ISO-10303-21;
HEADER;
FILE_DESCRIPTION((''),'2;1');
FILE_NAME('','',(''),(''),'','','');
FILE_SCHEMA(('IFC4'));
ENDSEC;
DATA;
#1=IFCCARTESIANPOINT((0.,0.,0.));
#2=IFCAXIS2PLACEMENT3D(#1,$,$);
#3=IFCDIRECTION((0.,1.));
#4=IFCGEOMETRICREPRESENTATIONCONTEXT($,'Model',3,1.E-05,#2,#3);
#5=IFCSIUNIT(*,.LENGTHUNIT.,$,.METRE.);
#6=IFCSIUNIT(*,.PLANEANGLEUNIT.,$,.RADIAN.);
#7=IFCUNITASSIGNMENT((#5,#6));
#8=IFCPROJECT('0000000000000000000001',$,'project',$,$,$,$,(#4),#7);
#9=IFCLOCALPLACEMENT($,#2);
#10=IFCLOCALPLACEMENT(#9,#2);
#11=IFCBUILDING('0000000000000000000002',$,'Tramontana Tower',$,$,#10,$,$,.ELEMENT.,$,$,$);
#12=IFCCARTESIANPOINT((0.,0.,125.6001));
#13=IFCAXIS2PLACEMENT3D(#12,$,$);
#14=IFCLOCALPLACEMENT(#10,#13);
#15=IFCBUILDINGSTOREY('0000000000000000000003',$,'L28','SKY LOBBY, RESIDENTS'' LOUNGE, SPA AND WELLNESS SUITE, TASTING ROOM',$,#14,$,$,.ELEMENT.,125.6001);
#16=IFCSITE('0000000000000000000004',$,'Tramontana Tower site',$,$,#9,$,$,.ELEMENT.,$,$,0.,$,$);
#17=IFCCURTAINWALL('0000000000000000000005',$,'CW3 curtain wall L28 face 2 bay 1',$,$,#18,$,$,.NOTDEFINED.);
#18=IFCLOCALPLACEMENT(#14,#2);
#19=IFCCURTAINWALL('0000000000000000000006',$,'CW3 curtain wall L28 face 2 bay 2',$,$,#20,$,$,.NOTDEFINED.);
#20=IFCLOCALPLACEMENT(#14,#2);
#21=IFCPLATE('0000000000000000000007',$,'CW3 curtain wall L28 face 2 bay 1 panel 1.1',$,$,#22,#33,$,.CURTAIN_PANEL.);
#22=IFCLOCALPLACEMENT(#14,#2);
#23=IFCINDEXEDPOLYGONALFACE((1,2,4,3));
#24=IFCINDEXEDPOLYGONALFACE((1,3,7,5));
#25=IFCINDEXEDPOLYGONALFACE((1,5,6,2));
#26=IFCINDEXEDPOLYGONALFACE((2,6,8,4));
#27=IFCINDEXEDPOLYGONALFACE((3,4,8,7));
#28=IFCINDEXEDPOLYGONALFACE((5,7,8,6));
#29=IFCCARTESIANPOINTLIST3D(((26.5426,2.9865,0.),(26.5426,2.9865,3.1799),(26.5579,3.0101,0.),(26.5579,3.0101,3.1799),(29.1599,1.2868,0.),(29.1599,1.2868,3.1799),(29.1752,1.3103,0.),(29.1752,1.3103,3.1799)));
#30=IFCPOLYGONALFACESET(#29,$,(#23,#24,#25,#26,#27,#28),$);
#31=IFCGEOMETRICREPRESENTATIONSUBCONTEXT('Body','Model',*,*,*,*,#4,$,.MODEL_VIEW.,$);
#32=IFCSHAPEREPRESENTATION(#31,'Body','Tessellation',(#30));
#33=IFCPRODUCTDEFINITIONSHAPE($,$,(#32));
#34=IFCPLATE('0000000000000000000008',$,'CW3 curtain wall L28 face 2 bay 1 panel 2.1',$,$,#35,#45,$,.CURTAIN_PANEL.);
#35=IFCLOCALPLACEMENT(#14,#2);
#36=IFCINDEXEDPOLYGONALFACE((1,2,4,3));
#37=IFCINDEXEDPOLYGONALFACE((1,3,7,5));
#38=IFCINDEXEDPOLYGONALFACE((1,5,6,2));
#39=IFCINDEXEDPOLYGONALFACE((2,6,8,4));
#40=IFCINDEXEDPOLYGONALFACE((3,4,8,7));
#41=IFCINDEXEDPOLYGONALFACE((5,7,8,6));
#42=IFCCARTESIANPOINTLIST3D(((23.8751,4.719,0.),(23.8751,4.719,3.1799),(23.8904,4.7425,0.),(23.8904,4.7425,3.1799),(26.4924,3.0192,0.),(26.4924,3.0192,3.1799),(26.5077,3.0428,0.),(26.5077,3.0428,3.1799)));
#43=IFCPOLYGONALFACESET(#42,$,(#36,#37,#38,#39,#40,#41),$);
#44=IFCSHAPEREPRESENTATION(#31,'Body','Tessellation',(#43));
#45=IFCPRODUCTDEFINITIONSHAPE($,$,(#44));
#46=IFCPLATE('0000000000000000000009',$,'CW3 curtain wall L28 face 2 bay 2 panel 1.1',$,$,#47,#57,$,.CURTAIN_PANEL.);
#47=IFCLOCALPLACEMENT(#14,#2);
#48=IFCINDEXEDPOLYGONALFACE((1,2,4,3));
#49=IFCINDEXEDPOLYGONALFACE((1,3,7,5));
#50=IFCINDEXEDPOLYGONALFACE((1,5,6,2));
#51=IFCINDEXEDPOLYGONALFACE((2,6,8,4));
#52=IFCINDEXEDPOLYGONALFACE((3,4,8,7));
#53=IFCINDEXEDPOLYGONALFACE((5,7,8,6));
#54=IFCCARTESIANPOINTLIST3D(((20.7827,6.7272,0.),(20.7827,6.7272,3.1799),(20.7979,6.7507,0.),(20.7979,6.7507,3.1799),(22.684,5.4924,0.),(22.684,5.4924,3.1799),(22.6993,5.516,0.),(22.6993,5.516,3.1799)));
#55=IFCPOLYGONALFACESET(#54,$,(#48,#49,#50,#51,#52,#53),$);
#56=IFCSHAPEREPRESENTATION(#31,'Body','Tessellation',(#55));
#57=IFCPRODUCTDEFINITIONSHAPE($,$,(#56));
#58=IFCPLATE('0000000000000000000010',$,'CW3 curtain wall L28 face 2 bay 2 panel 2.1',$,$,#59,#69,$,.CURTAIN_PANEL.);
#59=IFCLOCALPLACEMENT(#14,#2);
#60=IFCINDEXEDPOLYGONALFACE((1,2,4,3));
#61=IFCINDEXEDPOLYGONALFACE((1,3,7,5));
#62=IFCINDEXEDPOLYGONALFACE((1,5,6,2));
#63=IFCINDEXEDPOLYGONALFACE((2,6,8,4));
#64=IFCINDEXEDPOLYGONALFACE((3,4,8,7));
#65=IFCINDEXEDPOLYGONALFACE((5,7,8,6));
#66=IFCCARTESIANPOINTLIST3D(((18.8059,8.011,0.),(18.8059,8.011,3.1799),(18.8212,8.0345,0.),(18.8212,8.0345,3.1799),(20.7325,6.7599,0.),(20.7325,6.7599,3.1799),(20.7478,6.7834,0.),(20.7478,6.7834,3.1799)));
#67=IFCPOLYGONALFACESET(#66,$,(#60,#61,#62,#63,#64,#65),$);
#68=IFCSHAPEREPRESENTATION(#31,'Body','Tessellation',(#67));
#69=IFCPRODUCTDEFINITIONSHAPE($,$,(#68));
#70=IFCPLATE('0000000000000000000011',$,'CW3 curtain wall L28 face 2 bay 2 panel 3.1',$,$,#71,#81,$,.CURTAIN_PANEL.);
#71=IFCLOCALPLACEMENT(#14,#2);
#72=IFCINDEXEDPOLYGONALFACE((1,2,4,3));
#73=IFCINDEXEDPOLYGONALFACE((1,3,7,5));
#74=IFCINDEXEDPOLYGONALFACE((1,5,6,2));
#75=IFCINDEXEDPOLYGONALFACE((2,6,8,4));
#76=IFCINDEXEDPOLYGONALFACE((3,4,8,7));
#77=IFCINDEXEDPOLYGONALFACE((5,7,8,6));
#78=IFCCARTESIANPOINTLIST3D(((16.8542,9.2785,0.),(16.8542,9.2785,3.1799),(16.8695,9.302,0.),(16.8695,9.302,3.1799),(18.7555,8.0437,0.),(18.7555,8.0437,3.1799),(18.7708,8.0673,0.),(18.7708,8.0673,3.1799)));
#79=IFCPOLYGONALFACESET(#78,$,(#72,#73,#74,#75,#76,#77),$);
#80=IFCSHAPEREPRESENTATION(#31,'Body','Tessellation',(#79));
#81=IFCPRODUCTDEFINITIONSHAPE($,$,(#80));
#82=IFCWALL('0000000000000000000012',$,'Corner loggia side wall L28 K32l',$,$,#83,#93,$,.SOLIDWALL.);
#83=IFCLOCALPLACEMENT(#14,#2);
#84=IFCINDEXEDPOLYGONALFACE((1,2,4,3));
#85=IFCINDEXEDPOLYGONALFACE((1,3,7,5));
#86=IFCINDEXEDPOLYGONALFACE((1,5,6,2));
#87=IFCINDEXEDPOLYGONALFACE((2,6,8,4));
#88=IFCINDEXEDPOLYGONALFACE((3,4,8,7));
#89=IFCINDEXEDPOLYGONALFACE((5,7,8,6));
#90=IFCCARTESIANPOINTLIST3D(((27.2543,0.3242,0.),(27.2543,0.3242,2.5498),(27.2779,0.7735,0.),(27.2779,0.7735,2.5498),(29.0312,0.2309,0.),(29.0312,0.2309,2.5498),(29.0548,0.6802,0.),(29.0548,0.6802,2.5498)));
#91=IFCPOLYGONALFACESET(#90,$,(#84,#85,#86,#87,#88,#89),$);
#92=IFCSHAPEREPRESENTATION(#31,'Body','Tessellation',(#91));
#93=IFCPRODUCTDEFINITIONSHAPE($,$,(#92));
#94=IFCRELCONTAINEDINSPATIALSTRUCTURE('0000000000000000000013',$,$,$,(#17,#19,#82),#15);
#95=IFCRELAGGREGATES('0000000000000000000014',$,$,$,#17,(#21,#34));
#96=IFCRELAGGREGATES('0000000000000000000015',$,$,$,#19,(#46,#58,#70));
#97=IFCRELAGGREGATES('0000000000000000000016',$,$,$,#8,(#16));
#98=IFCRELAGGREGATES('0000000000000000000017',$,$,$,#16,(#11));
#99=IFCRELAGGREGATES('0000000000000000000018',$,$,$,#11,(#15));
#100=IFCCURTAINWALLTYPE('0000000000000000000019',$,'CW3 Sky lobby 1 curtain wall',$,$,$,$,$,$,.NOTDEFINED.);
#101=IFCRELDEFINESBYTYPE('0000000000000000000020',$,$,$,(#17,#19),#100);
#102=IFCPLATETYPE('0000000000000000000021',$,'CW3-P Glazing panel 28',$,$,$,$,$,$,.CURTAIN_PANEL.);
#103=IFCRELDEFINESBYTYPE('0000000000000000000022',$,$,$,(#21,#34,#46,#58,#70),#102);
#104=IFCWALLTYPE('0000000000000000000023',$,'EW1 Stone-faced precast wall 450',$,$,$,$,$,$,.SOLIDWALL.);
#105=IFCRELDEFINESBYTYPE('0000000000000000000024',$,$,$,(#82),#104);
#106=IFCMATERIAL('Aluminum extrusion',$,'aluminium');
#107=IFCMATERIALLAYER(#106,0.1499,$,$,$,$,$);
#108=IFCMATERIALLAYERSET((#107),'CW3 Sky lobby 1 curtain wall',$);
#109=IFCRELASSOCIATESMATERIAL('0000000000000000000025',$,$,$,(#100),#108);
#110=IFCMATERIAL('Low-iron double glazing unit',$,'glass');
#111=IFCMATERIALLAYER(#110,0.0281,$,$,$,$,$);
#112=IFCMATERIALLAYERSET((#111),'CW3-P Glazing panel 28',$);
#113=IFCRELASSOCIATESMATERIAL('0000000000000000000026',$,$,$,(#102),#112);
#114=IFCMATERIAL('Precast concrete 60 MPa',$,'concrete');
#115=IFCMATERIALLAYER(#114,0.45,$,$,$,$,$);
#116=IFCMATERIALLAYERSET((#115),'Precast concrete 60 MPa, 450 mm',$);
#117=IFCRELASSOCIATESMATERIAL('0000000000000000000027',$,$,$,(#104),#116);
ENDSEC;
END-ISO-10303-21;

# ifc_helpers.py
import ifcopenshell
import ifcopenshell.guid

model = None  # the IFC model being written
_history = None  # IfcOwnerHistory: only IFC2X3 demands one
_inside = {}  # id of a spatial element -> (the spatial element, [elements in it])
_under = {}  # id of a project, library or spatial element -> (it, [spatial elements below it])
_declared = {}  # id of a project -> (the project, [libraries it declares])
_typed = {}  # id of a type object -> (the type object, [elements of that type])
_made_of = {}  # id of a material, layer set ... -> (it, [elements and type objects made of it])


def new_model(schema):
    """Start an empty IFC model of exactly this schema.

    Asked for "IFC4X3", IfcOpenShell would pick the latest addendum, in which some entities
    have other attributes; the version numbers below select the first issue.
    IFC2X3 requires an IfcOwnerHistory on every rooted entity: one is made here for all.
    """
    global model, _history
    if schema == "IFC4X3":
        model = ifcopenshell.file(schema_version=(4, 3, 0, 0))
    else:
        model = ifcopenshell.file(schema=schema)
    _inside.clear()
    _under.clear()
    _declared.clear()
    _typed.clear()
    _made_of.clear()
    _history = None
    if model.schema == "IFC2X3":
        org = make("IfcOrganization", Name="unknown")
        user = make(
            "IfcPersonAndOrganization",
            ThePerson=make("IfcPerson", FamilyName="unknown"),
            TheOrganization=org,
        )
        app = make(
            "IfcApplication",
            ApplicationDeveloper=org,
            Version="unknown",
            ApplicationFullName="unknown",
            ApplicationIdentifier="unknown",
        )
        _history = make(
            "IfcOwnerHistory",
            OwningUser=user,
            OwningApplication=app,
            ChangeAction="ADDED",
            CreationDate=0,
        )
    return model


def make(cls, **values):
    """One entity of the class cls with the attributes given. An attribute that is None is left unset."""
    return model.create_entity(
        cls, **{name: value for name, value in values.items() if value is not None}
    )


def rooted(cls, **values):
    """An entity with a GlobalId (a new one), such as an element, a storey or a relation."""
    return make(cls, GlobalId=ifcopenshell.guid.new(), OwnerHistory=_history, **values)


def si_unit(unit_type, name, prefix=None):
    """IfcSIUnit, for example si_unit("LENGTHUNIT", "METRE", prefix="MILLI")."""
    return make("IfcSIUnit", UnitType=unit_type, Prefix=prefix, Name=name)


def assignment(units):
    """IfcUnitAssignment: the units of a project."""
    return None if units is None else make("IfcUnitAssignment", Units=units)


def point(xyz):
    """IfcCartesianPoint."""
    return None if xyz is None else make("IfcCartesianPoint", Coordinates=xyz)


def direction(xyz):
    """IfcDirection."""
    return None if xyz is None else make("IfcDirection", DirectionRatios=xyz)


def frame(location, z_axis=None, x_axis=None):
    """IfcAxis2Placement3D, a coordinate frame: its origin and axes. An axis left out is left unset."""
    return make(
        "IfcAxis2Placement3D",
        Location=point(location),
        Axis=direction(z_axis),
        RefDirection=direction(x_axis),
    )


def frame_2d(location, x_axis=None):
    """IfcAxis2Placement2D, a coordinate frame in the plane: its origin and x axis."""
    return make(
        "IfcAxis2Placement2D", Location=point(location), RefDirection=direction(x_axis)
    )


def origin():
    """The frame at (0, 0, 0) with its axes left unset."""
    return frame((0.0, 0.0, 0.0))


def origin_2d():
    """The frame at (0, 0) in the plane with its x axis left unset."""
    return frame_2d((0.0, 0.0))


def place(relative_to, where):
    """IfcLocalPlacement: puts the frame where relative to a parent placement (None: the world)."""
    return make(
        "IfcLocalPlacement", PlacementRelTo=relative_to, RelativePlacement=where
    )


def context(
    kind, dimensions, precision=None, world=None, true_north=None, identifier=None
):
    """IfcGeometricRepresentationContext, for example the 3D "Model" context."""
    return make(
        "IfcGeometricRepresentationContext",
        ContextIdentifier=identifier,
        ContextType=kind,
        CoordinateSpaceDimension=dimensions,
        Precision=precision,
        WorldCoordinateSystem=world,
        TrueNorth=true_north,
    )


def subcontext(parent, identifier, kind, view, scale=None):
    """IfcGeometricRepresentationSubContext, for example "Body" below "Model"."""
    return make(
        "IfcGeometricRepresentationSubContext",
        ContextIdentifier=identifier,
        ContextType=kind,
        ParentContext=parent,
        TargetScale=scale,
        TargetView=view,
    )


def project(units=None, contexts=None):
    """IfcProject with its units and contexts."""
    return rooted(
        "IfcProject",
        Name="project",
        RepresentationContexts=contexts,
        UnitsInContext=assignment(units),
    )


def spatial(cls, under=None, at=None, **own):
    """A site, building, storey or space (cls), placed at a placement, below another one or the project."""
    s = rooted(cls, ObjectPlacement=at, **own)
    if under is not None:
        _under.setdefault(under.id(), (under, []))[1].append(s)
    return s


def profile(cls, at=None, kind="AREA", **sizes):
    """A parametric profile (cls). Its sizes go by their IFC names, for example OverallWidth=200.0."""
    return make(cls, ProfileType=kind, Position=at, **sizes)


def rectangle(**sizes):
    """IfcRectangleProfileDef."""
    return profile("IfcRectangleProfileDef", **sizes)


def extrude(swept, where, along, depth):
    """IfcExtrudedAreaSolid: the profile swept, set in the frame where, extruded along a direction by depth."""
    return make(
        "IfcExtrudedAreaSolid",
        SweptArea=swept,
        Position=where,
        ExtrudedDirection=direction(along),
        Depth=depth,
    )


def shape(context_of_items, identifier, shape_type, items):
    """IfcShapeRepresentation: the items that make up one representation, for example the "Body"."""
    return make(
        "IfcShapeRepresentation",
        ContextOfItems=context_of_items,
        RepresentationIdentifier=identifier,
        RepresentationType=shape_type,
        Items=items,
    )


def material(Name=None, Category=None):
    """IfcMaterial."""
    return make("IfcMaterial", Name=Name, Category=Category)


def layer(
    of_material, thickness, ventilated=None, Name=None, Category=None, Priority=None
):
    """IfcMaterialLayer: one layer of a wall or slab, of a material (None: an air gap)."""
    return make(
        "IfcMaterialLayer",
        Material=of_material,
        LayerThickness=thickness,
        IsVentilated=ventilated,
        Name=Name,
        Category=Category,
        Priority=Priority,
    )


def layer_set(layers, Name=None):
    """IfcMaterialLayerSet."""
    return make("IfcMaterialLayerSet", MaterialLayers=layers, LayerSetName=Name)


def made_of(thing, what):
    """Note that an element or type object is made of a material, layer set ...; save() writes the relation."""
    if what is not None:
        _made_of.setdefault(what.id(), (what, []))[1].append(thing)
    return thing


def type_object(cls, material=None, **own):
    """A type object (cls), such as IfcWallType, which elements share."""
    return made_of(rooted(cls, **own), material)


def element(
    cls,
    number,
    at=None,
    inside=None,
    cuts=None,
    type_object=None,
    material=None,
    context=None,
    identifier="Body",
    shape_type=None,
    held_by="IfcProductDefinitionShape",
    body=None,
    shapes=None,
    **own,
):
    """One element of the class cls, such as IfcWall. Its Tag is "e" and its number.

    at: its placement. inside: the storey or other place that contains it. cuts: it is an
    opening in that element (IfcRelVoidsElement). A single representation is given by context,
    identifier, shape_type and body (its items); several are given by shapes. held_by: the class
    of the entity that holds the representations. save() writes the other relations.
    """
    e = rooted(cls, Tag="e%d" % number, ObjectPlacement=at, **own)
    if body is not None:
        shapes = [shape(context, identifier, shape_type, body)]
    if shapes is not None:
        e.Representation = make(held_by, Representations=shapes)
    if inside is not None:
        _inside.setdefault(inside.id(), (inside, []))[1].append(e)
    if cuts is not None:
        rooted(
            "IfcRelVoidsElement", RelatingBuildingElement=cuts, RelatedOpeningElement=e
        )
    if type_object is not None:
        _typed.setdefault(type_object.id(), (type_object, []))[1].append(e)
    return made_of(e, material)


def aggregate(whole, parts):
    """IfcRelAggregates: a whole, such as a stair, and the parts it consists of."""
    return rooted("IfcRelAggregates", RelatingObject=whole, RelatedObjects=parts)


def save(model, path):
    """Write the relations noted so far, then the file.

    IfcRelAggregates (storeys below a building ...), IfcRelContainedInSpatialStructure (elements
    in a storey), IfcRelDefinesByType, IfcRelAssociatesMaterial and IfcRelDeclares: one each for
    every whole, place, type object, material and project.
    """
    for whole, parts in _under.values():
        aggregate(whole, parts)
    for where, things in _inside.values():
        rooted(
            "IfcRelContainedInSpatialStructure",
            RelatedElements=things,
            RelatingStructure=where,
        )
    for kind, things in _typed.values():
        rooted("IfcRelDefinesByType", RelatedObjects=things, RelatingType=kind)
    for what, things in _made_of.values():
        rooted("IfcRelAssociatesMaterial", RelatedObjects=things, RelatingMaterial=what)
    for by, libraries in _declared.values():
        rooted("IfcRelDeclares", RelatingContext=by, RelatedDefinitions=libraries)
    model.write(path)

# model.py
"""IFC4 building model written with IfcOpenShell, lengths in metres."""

from ifc_helpers import new_model, si_unit, direction, frame, frame_2d, origin, origin_2d, place, context, subcontext, project, spatial, rectangle, extrude, material, layer, layer_set, type_object, element, aggregate, save


model = new_model("IFC4")

# Units and contexts
model_context = context("Model", 3, precision=1e-05, world=origin(), true_north=direction((0.0, 1.0)))
body_context = subcontext(model_context, "Body", "Model", "MODEL_VIEW")
ifc_project = project(units=[si_unit("LENGTHUNIT", "METRE"), si_unit("PLANEANGLEUNIT", "RADIAN")], contexts=[model_context])

# Site, building, storey
site_placement = place(None, origin())
site = spatial("IfcSite", under=ifc_project, at=site_placement, Name="Tramontana Tower site", CompositionType="ELEMENT", RefElevation=0.0)
building_placement = place(site_placement, origin())
building = spatial("IfcBuilding", under=site, at=building_placement, Name="Tramontana Tower", CompositionType="ELEMENT")
storey_placement = place(building_placement, frame((0.0, 0.0, 125.6001)))
storey = spatial("IfcBuildingStorey", under=building, at=storey_placement, Name="L28", Description="SKY LOBBY, RESIDENTS' LOUNGE, SPA AND WELLNESS SUITE, TASTING ROOM", CompositionType="ELEMENT", Elevation=125.6001)

# Curtain walls
ifc_material_1 = material(Name="Aluminum extrusion", Category="aluminium")
ifc_layer_1 = layer(ifc_material_1, 0.1499)
ifc_layer_set_1 = layer_set([ifc_layer_1], Name="CW3 Sky lobby 1 curtain wall")
curtain_wall_type = type_object("IfcCurtainWallType", Name="CW3 Sky lobby 1 curtain wall", PredefinedType="NOTDEFINED", material=ifc_layer_set_1)
curtain_wall_1_placement = place(storey_placement, origin())
curtain_wall_1 = element("IfcCurtainWall", 1, at=curtain_wall_1_placement, inside=storey, type_object=curtain_wall_type, Name="CW3 curtain wall L28 face 2 bay 1", PredefinedType="NOTDEFINED")
curtain_wall_2_placement = place(storey_placement, origin())
curtain_wall_2 = element("IfcCurtainWall", 2, at=curtain_wall_2_placement, inside=storey, type_object=curtain_wall_type, Name="CW3 curtain wall L28 face 2 bay 2", PredefinedType="NOTDEFINED")

# Plates
ifc_material_2 = material(Name="Low-iron double glazing unit", Category="glass")
ifc_layer_2 = layer(ifc_material_2, 0.0281)
ifc_layer_set_2 = layer_set([ifc_layer_2], Name="CW3-P Glazing panel 28")
plate_type = type_object("IfcPlateType", Name="CW3-P Glazing panel 28", PredefinedType="CURTAIN_PANEL", material=ifc_layer_set_2)
plate_1_placement = place(storey_placement, frame((27.8589, 2.1484, 0.0), z_axis=(0.0, 0.0, 1.0), x_axis=(-0.838671, 0.544639, 0.0)))
plate_1 = element("IfcPlate", 3, at=plate_1_placement, type_object=plate_type, Name="CW3 curtain wall L28 face 2 bay 1 panel 1.1", PredefinedType="CURTAIN_PANEL", context=body_context, shape_type="SweptSolid", body=[
    extrude(rectangle(XDim=3.1208, YDim=0.0281, at=origin_2d()), origin(), (0.0, 0.0, 1.0), 3.1799),
])
plate_2_placement = place(storey_placement, frame((25.1914, 3.8809, 0.0), z_axis=(0.0, 0.0, 1.0), x_axis=(-0.838671, 0.544639, 0.0)))
plate_2 = element("IfcPlate", 4, at=plate_2_placement, type_object=plate_type, Name="CW3 curtain wall L28 face 2 bay 1 panel 2.1", PredefinedType="CURTAIN_PANEL", context=body_context, shape_type="SweptSolid", body=[
    extrude(rectangle(XDim=3.1208, YDim=0.0281, at=origin_2d()), origin(), (0.0, 0.0, 1.0), 3.1799),
])
aggregate(curtain_wall_1, [plate_1, plate_2])
plate_3_placement = place(storey_placement, frame((21.741, 6.1216, 0.0), z_axis=(0.0, 0.0, 1.0), x_axis=(-0.838671, 0.544639, 0.0)))
plate_3 = element("IfcPlate", 5, at=plate_3_placement, type_object=plate_type, Name="CW3 curtain wall L28 face 2 bay 2 panel 1.1", PredefinedType="CURTAIN_PANEL", context=body_context, shape_type="SweptSolid", body=[
    extrude(rectangle(XDim=2.2671, YDim=0.0281, at=origin_2d()), origin(), (0.0, 0.0, 1.0), 3.1799),
])
plate_4_placement = place(storey_placement, frame((19.7769, 7.3972, 0.0), z_axis=(0.0, 0.0, 1.0), x_axis=(-0.838671, 0.544639, 0.0)))
plate_4 = element("IfcPlate", 6, at=plate_4_placement, type_object=plate_type, Name="CW3 curtain wall L28 face 2 bay 2 panel 2.1", PredefinedType="CURTAIN_PANEL", context=body_context, shape_type="SweptSolid", body=[
    extrude(rectangle(XDim=2.2971, YDim=0.0281, at=origin_2d()), origin(), (0.0, 0.0, 1.0), 3.1799),
])
plate_5_placement = place(storey_placement, frame((17.8125, 8.6729, 0.0), z_axis=(0.0, 0.0, 1.0), x_axis=(-0.838671, 0.544639, 0.0)))
plate_5 = element("IfcPlate", 7, at=plate_5_placement, type_object=plate_type, Name="CW3 curtain wall L28 face 2 bay 2 panel 3.1", PredefinedType="CURTAIN_PANEL", context=body_context, shape_type="SweptSolid", body=[
    extrude(rectangle(XDim=2.2671, YDim=0.0281, at=origin_2d()), origin(), (0.0, 0.0, 1.0), 3.1799),
])
aggregate(curtain_wall_2, [plate_3, plate_4, plate_5])

# Wall
ifc_material_3 = material(Name="Precast concrete 60 MPa", Category="concrete")
ifc_layer_3 = layer(ifc_material_3, 0.45)
ifc_layer_set_3 = layer_set([ifc_layer_3], Name="Precast concrete 60 MPa, 450 mm")
wall_type_1 = type_object("IfcWallType", Name="EW1 Stone-faced precast wall 450", PredefinedType="SOLIDWALL", material=ifc_layer_set_3)
wall_1_placement = place(storey_placement, frame((29.043, 0.4556, 0.0), z_axis=(0.0, 0.0, 1.0), x_axis=(-0.998625, 0.052415, 0.0)))
element("IfcWall", 8, at=wall_1_placement, inside=storey, type_object=wall_type_1, Name="Corner loggia side wall L28 K32l", PredefinedType="SOLIDWALL", context=body_context, shape_type="SweptSolid", body=[
    extrude(rectangle(XDim=1.7793, YDim=0.45, at=frame_2d((0.8896, 0.0))), origin(), (0.0, 0.0, 1.0), 2.5498),
])

save(model, "model.ifc")
